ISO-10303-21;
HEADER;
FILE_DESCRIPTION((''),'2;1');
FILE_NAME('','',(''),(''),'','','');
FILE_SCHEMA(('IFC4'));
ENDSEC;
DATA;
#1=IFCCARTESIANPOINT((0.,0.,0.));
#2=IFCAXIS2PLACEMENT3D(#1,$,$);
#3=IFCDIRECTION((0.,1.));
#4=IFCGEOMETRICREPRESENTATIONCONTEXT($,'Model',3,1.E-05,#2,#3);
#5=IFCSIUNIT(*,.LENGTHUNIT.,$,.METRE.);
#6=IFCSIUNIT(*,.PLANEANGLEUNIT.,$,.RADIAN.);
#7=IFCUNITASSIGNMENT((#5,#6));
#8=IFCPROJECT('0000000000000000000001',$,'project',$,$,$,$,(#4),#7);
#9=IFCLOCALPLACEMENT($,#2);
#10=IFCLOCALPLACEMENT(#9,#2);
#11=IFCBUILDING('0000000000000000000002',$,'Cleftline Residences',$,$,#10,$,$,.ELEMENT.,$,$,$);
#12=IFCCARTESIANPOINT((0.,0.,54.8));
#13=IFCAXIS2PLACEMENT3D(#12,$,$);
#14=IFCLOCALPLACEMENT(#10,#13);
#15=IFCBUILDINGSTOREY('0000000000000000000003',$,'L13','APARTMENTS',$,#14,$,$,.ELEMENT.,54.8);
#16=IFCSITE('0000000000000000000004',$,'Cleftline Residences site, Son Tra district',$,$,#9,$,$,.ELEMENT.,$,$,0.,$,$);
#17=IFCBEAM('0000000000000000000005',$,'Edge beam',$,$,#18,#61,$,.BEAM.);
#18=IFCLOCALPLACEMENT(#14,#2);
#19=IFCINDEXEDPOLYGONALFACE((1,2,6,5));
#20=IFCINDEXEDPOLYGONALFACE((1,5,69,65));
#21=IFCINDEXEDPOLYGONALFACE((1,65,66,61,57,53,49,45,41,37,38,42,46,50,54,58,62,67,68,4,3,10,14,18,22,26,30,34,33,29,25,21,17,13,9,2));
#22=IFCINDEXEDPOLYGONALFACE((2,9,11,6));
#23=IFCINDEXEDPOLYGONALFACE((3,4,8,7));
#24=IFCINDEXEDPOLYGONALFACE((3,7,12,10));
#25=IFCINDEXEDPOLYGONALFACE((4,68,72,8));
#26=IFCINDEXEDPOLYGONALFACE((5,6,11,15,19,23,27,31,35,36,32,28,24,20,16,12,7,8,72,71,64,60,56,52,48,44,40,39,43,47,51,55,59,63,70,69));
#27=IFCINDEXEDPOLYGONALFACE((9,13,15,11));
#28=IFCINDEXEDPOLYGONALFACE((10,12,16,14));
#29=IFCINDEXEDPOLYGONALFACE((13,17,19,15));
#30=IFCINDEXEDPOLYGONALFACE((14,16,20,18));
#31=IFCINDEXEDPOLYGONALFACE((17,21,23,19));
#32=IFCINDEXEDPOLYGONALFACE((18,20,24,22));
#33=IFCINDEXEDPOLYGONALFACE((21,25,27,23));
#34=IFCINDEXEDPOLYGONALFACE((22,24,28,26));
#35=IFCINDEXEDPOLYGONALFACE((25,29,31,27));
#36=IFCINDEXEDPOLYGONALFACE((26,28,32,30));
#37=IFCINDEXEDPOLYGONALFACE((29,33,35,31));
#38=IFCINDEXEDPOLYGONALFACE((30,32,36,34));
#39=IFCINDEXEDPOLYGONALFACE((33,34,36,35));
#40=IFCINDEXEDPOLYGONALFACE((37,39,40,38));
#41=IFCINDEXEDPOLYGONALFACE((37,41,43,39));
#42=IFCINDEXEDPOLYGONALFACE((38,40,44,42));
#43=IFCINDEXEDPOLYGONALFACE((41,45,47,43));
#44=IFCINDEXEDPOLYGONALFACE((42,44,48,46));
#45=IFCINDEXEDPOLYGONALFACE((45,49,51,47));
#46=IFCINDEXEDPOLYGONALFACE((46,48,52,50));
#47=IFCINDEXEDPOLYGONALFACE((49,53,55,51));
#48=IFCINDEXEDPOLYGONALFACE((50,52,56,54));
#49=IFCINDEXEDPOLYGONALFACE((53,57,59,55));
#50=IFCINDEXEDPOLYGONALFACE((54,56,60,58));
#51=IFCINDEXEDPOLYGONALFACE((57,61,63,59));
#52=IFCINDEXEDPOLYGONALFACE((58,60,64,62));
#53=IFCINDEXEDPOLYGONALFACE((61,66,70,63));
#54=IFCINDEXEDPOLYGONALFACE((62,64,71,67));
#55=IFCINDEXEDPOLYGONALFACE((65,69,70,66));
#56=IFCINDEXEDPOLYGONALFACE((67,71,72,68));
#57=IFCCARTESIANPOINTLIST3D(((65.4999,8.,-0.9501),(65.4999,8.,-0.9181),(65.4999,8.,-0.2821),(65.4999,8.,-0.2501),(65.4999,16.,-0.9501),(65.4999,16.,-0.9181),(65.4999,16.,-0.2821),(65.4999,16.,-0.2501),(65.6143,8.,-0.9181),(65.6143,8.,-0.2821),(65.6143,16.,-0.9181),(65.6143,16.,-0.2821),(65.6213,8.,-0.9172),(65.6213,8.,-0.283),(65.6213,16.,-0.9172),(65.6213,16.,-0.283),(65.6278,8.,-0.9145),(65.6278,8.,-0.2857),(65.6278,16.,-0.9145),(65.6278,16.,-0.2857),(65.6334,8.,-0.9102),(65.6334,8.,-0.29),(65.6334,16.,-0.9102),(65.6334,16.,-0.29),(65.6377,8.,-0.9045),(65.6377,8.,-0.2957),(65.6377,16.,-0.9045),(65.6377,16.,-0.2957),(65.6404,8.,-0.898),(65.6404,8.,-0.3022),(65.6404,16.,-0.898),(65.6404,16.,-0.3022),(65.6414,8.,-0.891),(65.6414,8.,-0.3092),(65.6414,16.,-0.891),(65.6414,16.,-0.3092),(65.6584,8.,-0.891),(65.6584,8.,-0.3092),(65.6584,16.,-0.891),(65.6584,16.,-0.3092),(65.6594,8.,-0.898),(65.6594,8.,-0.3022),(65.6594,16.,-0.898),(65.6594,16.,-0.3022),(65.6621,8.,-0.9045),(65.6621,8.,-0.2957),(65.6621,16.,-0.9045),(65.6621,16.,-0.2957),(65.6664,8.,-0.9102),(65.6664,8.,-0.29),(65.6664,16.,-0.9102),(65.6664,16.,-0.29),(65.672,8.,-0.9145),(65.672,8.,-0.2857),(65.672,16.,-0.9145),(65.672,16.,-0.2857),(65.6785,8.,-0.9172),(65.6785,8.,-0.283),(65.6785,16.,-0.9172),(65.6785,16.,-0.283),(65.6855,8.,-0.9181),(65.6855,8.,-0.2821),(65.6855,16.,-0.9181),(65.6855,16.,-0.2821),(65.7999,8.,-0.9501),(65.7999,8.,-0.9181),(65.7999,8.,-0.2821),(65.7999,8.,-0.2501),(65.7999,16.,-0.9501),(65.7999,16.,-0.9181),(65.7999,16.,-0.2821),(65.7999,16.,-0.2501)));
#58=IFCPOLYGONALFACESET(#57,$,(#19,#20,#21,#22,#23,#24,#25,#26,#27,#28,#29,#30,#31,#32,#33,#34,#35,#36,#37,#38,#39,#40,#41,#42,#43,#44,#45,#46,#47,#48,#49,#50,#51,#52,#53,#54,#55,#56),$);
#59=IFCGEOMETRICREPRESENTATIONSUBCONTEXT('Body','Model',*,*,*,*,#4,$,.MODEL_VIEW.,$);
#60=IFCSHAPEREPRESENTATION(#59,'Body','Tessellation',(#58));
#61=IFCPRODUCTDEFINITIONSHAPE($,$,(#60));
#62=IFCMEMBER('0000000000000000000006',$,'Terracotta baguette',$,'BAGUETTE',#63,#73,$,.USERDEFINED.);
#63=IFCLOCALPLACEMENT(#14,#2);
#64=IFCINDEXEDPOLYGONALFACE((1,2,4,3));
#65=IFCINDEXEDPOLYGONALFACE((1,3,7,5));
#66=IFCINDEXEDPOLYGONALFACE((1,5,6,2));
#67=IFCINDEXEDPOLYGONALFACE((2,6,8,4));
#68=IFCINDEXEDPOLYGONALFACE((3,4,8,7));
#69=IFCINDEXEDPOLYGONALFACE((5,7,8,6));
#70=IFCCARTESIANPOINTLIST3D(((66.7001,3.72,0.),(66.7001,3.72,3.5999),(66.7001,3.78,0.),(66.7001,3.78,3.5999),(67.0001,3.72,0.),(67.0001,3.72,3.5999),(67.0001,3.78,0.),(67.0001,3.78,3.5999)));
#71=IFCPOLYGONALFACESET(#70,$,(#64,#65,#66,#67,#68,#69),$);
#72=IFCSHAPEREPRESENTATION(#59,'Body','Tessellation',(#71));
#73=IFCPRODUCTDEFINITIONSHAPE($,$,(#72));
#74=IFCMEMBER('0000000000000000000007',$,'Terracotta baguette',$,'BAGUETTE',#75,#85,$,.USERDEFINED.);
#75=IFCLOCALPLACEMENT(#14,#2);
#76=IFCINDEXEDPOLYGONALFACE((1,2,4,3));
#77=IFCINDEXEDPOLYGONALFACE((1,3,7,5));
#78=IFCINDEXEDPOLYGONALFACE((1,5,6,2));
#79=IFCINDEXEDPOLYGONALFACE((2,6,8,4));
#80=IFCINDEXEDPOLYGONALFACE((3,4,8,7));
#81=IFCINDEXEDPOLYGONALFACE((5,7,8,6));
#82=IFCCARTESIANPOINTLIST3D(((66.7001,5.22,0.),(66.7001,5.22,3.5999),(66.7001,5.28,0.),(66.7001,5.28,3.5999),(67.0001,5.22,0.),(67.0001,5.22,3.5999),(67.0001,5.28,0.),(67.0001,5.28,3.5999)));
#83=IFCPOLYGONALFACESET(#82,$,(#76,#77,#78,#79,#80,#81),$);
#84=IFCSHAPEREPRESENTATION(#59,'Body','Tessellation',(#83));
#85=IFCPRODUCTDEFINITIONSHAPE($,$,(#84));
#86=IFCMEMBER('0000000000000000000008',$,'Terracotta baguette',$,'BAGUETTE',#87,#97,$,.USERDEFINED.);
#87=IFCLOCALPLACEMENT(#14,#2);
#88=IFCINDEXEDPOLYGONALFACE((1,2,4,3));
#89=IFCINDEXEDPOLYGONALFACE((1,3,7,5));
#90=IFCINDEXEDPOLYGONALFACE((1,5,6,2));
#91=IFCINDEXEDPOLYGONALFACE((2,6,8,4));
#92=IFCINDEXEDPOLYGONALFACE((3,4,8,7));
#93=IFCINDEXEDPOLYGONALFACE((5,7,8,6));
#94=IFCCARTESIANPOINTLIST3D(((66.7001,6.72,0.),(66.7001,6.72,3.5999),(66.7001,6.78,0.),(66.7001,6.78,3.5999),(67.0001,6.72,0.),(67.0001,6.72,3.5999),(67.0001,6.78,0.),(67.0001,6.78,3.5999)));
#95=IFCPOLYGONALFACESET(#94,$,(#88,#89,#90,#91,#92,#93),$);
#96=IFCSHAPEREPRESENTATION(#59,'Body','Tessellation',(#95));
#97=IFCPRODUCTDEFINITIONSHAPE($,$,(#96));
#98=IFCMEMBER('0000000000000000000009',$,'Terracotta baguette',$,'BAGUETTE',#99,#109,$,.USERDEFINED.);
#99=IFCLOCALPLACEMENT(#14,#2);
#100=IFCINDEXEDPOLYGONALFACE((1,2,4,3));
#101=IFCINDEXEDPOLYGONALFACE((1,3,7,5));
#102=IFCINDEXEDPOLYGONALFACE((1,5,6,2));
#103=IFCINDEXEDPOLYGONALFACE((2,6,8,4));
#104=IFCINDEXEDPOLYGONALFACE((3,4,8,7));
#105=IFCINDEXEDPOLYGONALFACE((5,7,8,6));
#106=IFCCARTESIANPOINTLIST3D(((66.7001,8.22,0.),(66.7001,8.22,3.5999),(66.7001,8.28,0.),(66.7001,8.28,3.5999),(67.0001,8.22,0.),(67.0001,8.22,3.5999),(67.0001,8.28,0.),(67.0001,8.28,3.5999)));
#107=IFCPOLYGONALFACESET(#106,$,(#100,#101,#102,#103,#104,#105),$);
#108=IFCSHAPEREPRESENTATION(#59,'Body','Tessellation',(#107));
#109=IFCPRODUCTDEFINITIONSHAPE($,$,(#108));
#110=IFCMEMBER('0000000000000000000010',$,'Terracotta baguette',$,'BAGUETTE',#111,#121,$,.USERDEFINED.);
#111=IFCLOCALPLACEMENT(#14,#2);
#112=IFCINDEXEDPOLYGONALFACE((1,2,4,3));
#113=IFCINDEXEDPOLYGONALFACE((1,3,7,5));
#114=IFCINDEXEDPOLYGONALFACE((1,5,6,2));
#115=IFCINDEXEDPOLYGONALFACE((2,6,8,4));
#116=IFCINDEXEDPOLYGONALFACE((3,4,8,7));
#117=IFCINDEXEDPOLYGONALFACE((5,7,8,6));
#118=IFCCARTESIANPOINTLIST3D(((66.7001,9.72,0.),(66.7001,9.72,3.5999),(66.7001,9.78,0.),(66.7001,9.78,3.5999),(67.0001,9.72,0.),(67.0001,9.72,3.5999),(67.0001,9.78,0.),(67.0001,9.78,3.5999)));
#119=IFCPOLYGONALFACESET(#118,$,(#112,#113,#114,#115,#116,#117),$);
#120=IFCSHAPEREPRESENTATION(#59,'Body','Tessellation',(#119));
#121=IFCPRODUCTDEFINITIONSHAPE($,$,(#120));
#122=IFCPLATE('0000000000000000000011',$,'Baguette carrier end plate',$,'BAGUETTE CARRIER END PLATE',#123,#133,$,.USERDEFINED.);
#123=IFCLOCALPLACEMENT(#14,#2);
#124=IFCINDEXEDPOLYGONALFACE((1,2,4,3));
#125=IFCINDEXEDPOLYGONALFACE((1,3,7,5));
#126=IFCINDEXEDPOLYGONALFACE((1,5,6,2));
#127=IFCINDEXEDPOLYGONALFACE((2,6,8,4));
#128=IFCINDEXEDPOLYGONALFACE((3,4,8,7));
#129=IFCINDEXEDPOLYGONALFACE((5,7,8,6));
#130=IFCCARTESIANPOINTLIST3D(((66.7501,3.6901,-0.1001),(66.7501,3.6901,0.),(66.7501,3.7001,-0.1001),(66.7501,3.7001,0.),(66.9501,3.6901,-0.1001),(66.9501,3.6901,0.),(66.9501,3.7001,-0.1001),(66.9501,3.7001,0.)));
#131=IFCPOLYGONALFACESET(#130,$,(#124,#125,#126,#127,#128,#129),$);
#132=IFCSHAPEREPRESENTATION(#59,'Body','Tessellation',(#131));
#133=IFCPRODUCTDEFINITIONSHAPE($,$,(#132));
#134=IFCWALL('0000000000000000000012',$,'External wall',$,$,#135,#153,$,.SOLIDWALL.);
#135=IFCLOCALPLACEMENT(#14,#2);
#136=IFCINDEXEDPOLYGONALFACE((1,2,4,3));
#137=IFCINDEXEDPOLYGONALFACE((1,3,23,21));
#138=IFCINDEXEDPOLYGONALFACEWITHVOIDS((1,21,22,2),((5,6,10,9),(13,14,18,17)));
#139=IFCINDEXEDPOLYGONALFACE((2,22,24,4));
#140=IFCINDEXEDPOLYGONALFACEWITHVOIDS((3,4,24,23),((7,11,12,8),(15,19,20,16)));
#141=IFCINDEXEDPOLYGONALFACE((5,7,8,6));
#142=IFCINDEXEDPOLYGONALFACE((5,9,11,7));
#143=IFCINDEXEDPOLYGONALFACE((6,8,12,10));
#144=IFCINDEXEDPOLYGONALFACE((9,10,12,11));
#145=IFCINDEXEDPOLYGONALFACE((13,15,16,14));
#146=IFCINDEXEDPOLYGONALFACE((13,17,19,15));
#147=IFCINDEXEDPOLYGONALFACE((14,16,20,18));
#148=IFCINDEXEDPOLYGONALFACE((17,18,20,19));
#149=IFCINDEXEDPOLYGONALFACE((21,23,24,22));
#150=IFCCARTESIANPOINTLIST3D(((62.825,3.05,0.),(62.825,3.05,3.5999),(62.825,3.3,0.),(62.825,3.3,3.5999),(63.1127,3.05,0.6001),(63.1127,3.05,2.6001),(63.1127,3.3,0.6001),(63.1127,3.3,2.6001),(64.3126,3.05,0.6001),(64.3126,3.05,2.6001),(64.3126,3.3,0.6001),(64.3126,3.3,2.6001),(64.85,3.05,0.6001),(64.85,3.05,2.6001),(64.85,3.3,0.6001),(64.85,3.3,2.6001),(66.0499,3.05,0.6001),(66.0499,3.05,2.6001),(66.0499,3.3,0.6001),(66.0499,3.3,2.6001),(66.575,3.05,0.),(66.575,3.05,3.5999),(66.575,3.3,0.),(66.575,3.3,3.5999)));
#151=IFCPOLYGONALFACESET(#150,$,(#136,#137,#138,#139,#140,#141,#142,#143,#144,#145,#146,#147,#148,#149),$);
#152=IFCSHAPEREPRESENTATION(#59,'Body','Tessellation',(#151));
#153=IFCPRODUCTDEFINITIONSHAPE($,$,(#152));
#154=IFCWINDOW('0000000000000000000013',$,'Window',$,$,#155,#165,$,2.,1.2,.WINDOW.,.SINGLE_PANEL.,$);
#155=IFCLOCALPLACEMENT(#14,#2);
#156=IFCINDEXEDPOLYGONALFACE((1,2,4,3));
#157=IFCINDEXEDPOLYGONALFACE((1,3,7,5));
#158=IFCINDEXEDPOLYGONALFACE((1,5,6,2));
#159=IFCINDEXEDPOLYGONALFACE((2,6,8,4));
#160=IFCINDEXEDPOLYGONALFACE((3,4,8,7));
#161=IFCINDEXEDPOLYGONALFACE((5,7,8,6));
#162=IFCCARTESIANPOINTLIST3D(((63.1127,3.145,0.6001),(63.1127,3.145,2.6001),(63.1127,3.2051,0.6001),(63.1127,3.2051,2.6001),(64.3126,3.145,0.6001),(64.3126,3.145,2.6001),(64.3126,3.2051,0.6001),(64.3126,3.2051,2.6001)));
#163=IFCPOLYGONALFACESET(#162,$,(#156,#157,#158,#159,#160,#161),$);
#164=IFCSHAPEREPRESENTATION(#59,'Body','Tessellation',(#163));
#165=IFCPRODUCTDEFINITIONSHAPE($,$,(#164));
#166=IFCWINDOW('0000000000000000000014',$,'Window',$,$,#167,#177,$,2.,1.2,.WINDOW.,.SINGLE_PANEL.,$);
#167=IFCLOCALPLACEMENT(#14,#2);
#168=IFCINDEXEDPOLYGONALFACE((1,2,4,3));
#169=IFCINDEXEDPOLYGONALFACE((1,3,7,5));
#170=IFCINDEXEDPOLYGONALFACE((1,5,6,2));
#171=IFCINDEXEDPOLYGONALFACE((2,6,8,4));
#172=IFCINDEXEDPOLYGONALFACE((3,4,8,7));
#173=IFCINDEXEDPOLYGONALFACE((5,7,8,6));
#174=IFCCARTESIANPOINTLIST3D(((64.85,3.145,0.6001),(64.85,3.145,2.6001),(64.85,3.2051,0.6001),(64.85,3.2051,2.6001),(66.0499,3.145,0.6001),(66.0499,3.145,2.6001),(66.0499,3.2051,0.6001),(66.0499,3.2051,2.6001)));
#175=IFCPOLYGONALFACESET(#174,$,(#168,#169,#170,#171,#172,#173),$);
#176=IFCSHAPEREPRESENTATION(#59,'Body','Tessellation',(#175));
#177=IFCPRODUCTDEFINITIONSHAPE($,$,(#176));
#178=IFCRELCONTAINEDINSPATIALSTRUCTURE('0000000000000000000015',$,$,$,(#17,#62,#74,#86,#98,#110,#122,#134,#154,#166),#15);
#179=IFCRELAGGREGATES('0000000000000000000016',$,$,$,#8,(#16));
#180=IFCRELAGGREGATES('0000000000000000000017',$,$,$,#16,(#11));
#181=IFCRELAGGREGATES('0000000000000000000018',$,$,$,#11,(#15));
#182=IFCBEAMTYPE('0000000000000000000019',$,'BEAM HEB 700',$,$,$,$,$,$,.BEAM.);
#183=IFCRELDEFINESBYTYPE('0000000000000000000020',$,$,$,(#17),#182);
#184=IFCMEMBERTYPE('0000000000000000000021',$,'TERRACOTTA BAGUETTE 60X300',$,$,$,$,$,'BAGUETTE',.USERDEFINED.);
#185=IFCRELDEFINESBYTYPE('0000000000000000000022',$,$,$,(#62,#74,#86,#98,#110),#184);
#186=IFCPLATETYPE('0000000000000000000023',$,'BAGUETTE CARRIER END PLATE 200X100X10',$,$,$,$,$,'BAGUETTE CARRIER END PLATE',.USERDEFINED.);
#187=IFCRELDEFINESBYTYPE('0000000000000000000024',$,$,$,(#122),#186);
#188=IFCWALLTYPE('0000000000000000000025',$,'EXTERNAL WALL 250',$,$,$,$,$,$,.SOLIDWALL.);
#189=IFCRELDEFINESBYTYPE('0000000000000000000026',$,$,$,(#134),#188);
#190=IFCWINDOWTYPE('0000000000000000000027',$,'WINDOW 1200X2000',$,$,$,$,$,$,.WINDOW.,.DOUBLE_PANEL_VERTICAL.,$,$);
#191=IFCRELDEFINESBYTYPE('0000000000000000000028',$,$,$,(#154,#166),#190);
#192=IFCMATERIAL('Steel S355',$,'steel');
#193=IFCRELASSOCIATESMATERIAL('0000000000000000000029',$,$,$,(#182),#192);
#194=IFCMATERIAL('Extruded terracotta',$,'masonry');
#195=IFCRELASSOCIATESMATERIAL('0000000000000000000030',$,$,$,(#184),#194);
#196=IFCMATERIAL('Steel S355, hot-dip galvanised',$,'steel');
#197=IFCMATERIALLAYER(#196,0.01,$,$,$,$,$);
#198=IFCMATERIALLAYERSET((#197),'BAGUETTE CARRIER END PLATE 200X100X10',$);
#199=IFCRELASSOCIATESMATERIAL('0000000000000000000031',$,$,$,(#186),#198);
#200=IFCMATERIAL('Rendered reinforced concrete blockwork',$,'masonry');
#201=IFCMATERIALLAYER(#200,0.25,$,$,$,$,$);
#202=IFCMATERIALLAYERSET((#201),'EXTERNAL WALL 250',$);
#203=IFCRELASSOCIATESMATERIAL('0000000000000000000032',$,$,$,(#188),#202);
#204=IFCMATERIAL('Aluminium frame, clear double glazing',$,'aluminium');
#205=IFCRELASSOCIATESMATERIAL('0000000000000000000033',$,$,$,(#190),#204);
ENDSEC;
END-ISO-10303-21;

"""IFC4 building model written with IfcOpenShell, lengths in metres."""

from ifc_helpers import new_model, si_unit, direction, frame, frame_2d, origin, origin_2d, place, context, subcontext, project, spatial, rectangle, i_section, extrude, material, layer, layer_set, material_profile, profile_set, type_object, element, fill, save


model = new_model("IFC4")

# Units and contexts
model_context = context("Model", 3, precision=1e-05, world=origin(), true_north=direction((0.0, 1.0)))
body_context = subcontext(model_context, "Body", "Model", "MODEL_VIEW")
ifc_project = project(units=[si_unit("LENGTHUNIT", "METRE"), si_unit("PLANEANGLEUNIT", "RADIAN")], contexts=[model_context])

# Site, building, storey
site_placement = place(None, origin())
site = spatial("IfcSite", under=ifc_project, at=site_placement, Name="Cleftline Residences site, Son Tra district", CompositionType="ELEMENT", RefElevation=0.0)
building_placement = place(site_placement, origin())
building = spatial("IfcBuilding", under=site, at=building_placement, Name="Cleftline Residences", CompositionType="ELEMENT")
storey_placement = place(building_placement, frame((0.0, 0.0, 54.8)))
storey = spatial("IfcBuildingStorey", under=building, at=storey_placement, Name="L13", Description="APARTMENTS", CompositionType="ELEMENT", Elevation=54.8)

# Beam
ifc_material_1 = material(Name="Steel S355", Category="steel")
ifc_material_profile_1 = material_profile(ifc_material_1, i_section(OverallWidth=0.3, OverallDepth=0.7, WebThickness=0.0171, FlangeThickness=0.032, FilletRadius=0.0271, at=origin_2d()))
ifc_profile_set_1 = profile_set([ifc_material_profile_1], Name="Steel S355")
beam_type = type_object("IfcBeamType", Name="BEAM HEB 700", PredefinedType="BEAM", material=ifc_profile_set_1)
beam_placement = place(storey_placement, frame((65.6499, 8.0, -0.6001), z_axis=(0.0, 1.0, 0.0), x_axis=(-1.0, 0.0, 0.0)))
element("IfcBeam", 1, at=beam_placement, inside=storey, type_object=beam_type, Name="Edge beam", PredefinedType="BEAM", context=body_context, shape_type="SweptSolid", body=[
    extrude(i_section(OverallWidth=0.3, OverallDepth=0.7, WebThickness=0.0171, FlangeThickness=0.032, FilletRadius=0.0271, at=origin_2d()), origin(), (0.0, 0.0, 1.0), 8.0),
])

# Members
ifc_material_2 = material(Name="Extruded terracotta", Category="masonry")
ifc_material_profile_2 = material_profile(ifc_material_2, rectangle(XDim=0.0601, YDim=0.3, at=origin_2d()))
ifc_profile_set_2 = profile_set([ifc_material_profile_2], Name="Extruded terracotta")
member_type_1 = type_object("IfcMemberType", Name="TERRACOTTA BAGUETTE 60X300", ElementType="BAGUETTE", PredefinedType="USERDEFINED", material=ifc_profile_set_2)
for number, where, z_axis, x_axis, name in (
    (2, (66.8501, 3.75, 0.0), (0.0, 0.0, 1.0), (0.0, 1.0, 0.0), "Terracotta baguette"),
    (3, (66.8501, 5.25, 0.0), (0.0, 0.0, 1.0), (0.0, 1.0, 0.0), "Terracotta baguette"),
    (4, (66.8501, 6.75, 0.0), (0.0, 0.0, 1.0), (0.0, 1.0, 0.0), "Terracotta baguette"),
    (5, (66.8501, 8.25, 0.0), (0.0, 0.0, 1.0), (0.0, 1.0, 0.0), "Terracotta baguette"),
    (6, (66.8501, 9.75, 0.0), (0.0, 0.0, 1.0), (0.0, 1.0, 0.0), "Terracotta baguette"),
):
    element("IfcMember", number, at=place(storey_placement, frame(where, z_axis=z_axis, x_axis=x_axis)), inside=storey, type_object=member_type_1, Name=name, ObjectType="BAGUETTE", PredefinedType="USERDEFINED", context=body_context, shape_type="SweptSolid", body=[
        extrude(rectangle(XDim=0.0601, YDim=0.3, at=origin_2d()), origin(), (0.0, 0.0, 1.0), 3.5999),
    ])

# Plate
ifc_material_3 = material(Name="Steel S355, hot-dip galvanised", Category="steel")
ifc_layer_1 = layer(ifc_material_3, 0.01)
ifc_layer_set_1 = layer_set([ifc_layer_1], Name="BAGUETTE CARRIER END PLATE 200X100X10")
plate_type = type_object("IfcPlateType", Name="BAGUETTE CARRIER END PLATE 200X100X10", ElementType="BAGUETTE CARRIER END PLATE", PredefinedType="USERDEFINED", material=ifc_layer_set_1)
plate_placement = place(storey_placement, frame((66.8501, 3.6951, -0.1001), z_axis=(0.0, 0.0, 1.0), x_axis=(1.0, 0.0, 0.0)))
element("IfcPlate", 7, at=plate_placement, inside=storey, type_object=plate_type, Name="Baguette carrier end plate", ObjectType="BAGUETTE CARRIER END PLATE", PredefinedType="USERDEFINED", context=body_context, shape_type="SweptSolid", body=[
    extrude(rectangle(XDim=0.2, YDim=0.01, at=origin_2d()), origin(), (0.0, 0.0, 1.0), 0.1001),
])

# Wall, openings, windows
ifc_material_4 = material(Name="Rendered reinforced concrete blockwork", Category="masonry")
ifc_layer_2 = layer(ifc_material_4, 0.25)
ifc_layer_set_2 = layer_set([ifc_layer_2], Name="EXTERNAL WALL 250")
wall_type_1 = type_object("IfcWallType", Name="EXTERNAL WALL 250", PredefinedType="SOLIDWALL", material=ifc_layer_set_2)
wall_1_placement = place(storey_placement, frame((62.825, 3.175, 0.0), z_axis=(0.0, 0.0, 1.0), x_axis=(1.0, 0.0, 0.0)))
wall_1 = element("IfcWall", 8, at=wall_1_placement, inside=storey, type_object=wall_type_1, Name="External wall", PredefinedType="SOLIDWALL", context=body_context, shape_type="SweptSolid", body=[
    extrude(rectangle(XDim=3.75, YDim=0.25, at=frame_2d((1.875, 0.0))), origin(), (0.0, 0.0, 1.0), 3.5999),
])
opening_1_placement = place(wall_1_placement, frame((0.2876, 0.0, 0.6001)))
opening_1 = element("IfcOpeningElement", 9, at=opening_1_placement, cuts=wall_1, PredefinedType="OPENING", context=body_context, shape_type="SweptSolid", body=[
    extrude(rectangle(XDim=1.2, YDim=2.0, at=frame_2d((0.6001, 1.0))), frame((0.0, 0.135, 0.0), z_axis=(0.0, -1.0, 0.0), x_axis=(1.0, 0.0, 0.0)), (0.0, 0.0, 1.0), 0.27),
])
opening_2_placement = place(wall_1_placement, frame((2.0249, 0.0, 0.6001)))
opening_2 = element("IfcOpeningElement", 10, at=opening_2_placement, cuts=wall_1, PredefinedType="OPENING", context=body_context, shape_type="SweptSolid", body=[
    extrude(rectangle(XDim=1.2, YDim=2.0, at=frame_2d((0.6001, 1.0))), frame((0.0, 0.135, 0.0), z_axis=(0.0, -1.0, 0.0), x_axis=(1.0, 0.0, 0.0)), (0.0, 0.0, 1.0), 0.27),
])
ifc_material_5 = material(Name="Aluminium frame, clear double glazing", Category="aluminium")
window_type_1 = type_object("IfcWindowType", Name="WINDOW 1200X2000", PartitioningType="DOUBLE_PANEL_VERTICAL", PredefinedType="WINDOW", material=ifc_material_5)
window_1_placement = place(opening_1_placement, origin())
window_1 = element("IfcWindow", 11, at=window_1_placement, inside=storey, type_object=window_type_1, Name="Window", OverallHeight=2.0, OverallWidth=1.2, PartitioningType="SINGLE_PANEL", PredefinedType="WINDOW", context=body_context, shape_type="SweptSolid", body=[
    extrude(rectangle(XDim=1.2, YDim=2.0, at=frame_2d((0.6001, 1.0))), frame((0.0, 0.03, 0.0), z_axis=(0.0, -1.0, 0.0), x_axis=(1.0, 0.0, 0.0)), (0.0, 0.0, 1.0), 0.0601),
])
fill(opening_1, window_1)
window_2_placement = place(opening_2_placement, origin())
window_2 = element("IfcWindow", 12, at=window_2_placement, inside=storey, type_object=window_type_1, Name="Window", OverallHeight=2.0, OverallWidth=1.2, PartitioningType="SINGLE_PANEL", PredefinedType="WINDOW", context=body_context, shape_type="SweptSolid", body=[
    extrude(rectangle(XDim=1.2, YDim=2.0, at=frame_2d((0.6001, 1.0))), frame((0.0, 0.03, 0.0), z_axis=(0.0, -1.0, 0.0), x_axis=(1.0, 0.0, 0.0)), (0.0, 0.0, 1.0), 0.0601),
])
fill(opening_2, window_2)

save(model, "model.ifc")
